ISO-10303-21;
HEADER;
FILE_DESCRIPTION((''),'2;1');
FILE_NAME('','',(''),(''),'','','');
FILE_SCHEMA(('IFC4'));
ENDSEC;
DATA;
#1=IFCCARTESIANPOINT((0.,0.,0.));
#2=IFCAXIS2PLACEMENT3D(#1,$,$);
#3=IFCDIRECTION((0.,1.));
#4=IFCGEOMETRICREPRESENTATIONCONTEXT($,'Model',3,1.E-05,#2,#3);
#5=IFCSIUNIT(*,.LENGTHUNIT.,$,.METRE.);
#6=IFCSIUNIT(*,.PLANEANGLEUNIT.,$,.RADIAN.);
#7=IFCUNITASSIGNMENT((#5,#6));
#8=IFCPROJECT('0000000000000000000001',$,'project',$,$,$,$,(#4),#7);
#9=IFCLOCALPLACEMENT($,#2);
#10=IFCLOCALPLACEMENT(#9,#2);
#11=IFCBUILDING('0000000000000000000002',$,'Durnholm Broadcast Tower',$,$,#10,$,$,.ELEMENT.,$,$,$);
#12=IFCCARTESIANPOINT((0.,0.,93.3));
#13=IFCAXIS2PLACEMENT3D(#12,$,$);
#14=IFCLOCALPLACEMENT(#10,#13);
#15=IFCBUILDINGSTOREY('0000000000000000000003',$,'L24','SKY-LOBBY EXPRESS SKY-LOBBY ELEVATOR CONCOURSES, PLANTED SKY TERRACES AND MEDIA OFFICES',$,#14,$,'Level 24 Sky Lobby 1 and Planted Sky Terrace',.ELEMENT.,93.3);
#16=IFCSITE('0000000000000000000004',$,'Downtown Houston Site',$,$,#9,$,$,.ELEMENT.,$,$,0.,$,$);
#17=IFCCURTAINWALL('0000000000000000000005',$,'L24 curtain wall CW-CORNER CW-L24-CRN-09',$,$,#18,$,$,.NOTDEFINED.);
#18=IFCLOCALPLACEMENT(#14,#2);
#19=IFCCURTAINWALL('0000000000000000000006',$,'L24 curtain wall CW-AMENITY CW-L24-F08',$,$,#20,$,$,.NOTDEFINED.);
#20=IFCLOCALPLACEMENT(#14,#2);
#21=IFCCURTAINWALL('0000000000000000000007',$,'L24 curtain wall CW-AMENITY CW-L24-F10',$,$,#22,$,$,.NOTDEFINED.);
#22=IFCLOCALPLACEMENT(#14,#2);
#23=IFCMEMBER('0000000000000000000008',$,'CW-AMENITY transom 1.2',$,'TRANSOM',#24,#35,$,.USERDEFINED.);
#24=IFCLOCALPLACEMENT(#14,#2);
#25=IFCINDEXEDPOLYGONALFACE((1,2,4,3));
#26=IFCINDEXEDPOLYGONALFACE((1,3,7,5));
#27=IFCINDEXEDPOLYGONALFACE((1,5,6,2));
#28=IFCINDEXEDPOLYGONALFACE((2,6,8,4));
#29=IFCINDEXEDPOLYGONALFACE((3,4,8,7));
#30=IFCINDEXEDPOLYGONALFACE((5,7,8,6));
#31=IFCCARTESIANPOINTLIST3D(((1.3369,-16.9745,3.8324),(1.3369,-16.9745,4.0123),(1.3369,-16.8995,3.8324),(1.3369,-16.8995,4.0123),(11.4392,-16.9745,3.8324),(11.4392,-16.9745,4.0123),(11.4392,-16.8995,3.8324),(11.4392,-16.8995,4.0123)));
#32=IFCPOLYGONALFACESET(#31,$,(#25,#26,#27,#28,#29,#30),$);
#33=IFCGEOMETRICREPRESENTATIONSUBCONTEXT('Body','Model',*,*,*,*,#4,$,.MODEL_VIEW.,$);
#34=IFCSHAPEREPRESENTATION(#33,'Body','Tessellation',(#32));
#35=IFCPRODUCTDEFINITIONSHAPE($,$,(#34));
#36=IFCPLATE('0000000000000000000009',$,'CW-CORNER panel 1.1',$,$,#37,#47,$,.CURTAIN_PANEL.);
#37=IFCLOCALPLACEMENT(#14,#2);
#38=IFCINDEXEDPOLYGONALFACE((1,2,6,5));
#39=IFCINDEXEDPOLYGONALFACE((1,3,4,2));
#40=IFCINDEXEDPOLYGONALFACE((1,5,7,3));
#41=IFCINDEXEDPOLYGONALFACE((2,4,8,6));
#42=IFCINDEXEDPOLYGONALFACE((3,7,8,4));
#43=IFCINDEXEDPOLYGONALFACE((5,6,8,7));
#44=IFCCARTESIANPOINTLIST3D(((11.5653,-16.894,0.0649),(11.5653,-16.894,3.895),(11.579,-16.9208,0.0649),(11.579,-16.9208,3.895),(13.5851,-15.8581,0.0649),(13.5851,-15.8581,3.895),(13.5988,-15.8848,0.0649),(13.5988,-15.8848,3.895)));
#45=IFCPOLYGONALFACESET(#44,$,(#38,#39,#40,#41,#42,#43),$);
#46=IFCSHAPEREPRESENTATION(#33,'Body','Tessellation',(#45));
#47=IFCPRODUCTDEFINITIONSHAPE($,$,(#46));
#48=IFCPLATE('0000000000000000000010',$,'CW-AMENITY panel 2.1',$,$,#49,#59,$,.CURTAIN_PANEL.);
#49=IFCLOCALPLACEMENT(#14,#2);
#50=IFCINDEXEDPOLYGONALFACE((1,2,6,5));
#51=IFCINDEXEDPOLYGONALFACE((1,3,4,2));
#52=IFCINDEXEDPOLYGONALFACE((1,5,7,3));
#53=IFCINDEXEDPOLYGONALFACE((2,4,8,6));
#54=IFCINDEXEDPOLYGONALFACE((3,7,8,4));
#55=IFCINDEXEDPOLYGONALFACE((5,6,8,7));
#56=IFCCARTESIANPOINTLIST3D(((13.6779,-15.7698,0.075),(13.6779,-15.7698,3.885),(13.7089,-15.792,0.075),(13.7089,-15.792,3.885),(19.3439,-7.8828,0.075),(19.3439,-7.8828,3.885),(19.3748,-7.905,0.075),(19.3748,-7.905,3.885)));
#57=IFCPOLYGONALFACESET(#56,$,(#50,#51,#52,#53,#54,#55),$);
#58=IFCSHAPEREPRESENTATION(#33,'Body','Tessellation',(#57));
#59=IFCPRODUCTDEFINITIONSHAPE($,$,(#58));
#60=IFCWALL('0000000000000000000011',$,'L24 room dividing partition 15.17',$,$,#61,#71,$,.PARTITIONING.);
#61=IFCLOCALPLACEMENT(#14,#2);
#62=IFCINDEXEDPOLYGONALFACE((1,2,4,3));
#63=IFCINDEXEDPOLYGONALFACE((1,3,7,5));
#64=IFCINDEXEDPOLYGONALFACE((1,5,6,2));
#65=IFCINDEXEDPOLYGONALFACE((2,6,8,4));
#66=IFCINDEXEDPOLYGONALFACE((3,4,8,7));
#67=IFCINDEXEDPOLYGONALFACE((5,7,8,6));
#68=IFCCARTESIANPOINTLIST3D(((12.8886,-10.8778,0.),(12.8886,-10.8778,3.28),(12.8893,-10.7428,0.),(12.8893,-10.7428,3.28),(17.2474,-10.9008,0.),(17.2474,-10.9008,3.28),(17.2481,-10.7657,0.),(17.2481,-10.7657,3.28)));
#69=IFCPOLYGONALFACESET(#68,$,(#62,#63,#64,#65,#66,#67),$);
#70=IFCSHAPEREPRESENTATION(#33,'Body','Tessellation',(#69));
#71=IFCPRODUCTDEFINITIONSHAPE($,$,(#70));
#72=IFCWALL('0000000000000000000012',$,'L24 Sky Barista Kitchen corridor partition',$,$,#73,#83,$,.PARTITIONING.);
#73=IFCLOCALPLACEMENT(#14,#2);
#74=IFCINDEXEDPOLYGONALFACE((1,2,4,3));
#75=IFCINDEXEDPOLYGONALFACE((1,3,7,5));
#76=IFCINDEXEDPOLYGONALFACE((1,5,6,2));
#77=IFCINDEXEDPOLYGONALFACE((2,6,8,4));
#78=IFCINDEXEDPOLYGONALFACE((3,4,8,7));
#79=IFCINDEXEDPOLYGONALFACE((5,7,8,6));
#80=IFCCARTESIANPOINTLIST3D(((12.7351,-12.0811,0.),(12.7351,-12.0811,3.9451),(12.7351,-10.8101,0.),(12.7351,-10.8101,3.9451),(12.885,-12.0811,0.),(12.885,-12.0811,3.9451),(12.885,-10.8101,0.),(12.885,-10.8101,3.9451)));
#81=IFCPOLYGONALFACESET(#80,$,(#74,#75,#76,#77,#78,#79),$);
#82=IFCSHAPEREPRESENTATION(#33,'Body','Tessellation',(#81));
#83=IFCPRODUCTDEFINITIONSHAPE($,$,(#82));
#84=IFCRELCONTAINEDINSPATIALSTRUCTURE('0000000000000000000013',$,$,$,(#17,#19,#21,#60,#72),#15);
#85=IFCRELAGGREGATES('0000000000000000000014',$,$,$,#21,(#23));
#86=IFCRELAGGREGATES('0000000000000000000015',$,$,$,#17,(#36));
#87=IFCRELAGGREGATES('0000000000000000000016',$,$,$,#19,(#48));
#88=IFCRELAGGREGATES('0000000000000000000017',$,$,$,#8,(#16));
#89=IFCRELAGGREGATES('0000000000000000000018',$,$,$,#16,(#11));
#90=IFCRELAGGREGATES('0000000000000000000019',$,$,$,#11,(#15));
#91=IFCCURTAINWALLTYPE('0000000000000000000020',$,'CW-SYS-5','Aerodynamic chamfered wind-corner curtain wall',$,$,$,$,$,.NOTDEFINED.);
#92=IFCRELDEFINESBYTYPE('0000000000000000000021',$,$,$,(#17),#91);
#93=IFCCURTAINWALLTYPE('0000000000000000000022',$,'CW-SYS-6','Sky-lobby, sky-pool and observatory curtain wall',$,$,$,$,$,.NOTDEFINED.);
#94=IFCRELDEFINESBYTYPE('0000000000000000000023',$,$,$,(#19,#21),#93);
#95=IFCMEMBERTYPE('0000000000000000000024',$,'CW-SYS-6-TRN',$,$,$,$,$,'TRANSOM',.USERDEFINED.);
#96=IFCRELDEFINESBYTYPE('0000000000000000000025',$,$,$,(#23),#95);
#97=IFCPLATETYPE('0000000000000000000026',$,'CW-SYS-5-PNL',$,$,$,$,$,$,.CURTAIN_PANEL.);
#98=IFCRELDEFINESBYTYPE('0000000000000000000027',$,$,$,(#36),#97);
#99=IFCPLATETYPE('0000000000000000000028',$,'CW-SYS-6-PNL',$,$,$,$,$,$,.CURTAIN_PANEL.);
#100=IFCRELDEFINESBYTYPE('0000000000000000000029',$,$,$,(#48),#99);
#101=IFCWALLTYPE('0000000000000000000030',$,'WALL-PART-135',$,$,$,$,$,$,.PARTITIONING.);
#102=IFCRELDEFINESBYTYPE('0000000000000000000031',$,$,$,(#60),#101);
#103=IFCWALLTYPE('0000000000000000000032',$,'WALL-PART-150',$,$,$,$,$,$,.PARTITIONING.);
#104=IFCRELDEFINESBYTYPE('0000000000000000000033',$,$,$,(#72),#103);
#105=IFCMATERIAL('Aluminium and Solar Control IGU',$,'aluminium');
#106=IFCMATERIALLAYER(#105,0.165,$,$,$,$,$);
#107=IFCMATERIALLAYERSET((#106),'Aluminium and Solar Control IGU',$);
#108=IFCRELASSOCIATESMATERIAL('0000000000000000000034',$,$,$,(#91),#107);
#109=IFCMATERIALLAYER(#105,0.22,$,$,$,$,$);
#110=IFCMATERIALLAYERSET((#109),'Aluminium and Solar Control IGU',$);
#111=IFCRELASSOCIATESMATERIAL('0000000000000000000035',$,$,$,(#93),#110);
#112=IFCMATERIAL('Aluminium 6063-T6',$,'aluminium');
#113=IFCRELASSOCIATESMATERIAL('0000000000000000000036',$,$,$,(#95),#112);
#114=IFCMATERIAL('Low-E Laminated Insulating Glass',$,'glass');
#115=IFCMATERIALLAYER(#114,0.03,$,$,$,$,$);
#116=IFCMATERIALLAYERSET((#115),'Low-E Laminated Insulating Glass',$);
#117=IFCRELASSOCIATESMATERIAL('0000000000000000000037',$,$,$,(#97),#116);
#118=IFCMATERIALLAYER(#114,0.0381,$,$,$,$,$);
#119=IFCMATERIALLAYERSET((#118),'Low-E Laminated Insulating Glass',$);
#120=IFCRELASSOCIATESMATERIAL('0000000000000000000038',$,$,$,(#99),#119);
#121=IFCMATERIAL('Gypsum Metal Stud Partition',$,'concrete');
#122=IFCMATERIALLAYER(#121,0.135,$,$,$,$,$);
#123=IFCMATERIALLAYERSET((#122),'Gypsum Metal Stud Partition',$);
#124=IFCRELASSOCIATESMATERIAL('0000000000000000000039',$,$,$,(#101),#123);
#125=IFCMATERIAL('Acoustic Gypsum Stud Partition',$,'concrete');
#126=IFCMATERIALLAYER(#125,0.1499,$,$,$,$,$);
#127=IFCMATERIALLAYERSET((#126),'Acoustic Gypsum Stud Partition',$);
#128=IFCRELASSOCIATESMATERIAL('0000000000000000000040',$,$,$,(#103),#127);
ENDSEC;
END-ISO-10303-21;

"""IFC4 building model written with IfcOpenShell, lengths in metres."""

from ifc_helpers import new_model, si_unit, direction, frame, frame_2d, origin, origin_2d, place, context, subcontext, project, spatial, rectangle, extrude, source, transform, mapped, material, layer, layer_set, material_profile, profile_set, type_object, type_shapes, element, aggregate, save


model = new_model("IFC4")

# Units and contexts
model_context = context("Model", 3, precision=1e-05, world=origin(), true_north=direction((0.0, 1.0)))
body_context = subcontext(model_context, "Body", "Model", "MODEL_VIEW")
ifc_project = project(units=[si_unit("LENGTHUNIT", "METRE"), si_unit("PLANEANGLEUNIT", "RADIAN")], contexts=[model_context])

# Site, building, storey
site_placement = place(None, origin())
site = spatial("IfcSite", under=ifc_project, at=site_placement, Name="Downtown Houston Site", CompositionType="ELEMENT", RefElevation=0.0)
building_placement = place(site_placement, origin())
building = spatial("IfcBuilding", under=site, at=building_placement, Name="Durnholm Broadcast Tower", CompositionType="ELEMENT")
storey_placement = place(building_placement, frame((0.0, 0.0, 93.3)))
storey = spatial("IfcBuildingStorey", under=building, at=storey_placement, Name="L24", Description="SKY-LOBBY EXPRESS SKY-LOBBY ELEVATOR CONCOURSES, PLANTED SKY TERRACES AND MEDIA OFFICES", LongName="Level 24 Sky Lobby 1 and Planted Sky Terrace", CompositionType="ELEMENT", Elevation=93.3)

# Curtain wall
ifc_material_1 = material(Name="Aluminium and Solar Control IGU", Category="aluminium")
ifc_layer_1 = layer(ifc_material_1, 0.165)
ifc_layer_set_1 = layer_set([ifc_layer_1], Name="Aluminium and Solar Control IGU")
curtain_wall_type_1 = type_object("IfcCurtainWallType", Name="CW-SYS-5", Description="Aerodynamic chamfered wind-corner curtain wall", PredefinedType="NOTDEFINED", material=ifc_layer_set_1)
curtain_wall_1_placement = place(storey_placement, origin())
curtain_wall_1 = element("IfcCurtainWall", 1, at=curtain_wall_1_placement, inside=storey, type_object=curtain_wall_type_1, Name="L24 curtain wall CW-CORNER CW-L24-CRN-09", PredefinedType="NOTDEFINED")
ifc_material_2 = material(Name="Aluminium 6063-T6", Category="aluminium")

# Curtain wall
ifc_layer_2 = layer(ifc_material_1, 0.22)
ifc_layer_set_2 = layer_set([ifc_layer_2], Name="Aluminium and Solar Control IGU")
curtain_wall_type_2 = type_object("IfcCurtainWallType", Name="CW-SYS-6", Description="Sky-lobby, sky-pool and observatory curtain wall", PredefinedType="NOTDEFINED", material=ifc_layer_set_2)
curtain_wall_2_placement = place(storey_placement, origin())
curtain_wall_2 = element("IfcCurtainWall", 2, at=curtain_wall_2_placement, inside=storey, type_object=curtain_wall_type_2, Name="L24 curtain wall CW-AMENITY CW-L24-F08", PredefinedType="NOTDEFINED")

# Curtain wall, member
curtain_wall_3_placement = place(storey_placement, origin())
curtain_wall_3 = element("IfcCurtainWall", 3, at=curtain_wall_3_placement, inside=storey, type_object=curtain_wall_type_2, Name="L24 curtain wall CW-AMENITY CW-L24-F10", PredefinedType="NOTDEFINED")
ifc_material_profile_1 = material_profile(ifc_material_2, rectangle(XDim=0.075, YDim=0.1799, at=origin_2d()), Name="CWT75X180")
ifc_profile_set_1 = profile_set([ifc_material_profile_1], Name="Aluminium 6063-T6")
member_type_1 = type_object("IfcMemberType", Name="CW-SYS-6-TRN", ElementType="TRANSOM", PredefinedType="USERDEFINED", material=ifc_profile_set_1)
shared_shape_1 = source(origin(), body_context, "Body", "SweptSolid", [
    extrude(rectangle(XDim=0.075, YDim=0.1799, at=origin_2d()), origin(), (0.0, 0.0, 1.0), 10.1023),
])
type_shapes(member_type_1, [shared_shape_1])
member_1_placement = place(storey_placement, frame((11.4392, -16.937, 3.9224), z_axis=(-1.0, 0.0, 0.0), x_axis=(0.0, -1.0, 0.0)))
member_1 = element("IfcMember", 4, at=member_1_placement, type_object=member_type_1, Name="CW-AMENITY transom 1.2", ObjectType="TRANSOM", PredefinedType="USERDEFINED", context=body_context, shape_type="MappedRepresentation", body=[
    mapped(shared_shape_1, transform((0.0, 0.0, 0.0), x_axis=(1.0, 0.0, 0.0), y_axis=(0.0, 1.0, 0.0), z_axis=(0.0, 0.0, 1.0), scale=1.0)),
])
aggregate(curtain_wall_3, [member_1])

# Plates
ifc_material_3 = material(Name="Low-E Laminated Insulating Glass", Category="glass")
ifc_layer_3 = layer(ifc_material_3, 0.03)
ifc_layer_set_3 = layer_set([ifc_layer_3], Name="Low-E Laminated Insulating Glass")
plate_type_1 = type_object("IfcPlateType", Name="CW-SYS-5-PNL", PredefinedType="CURTAIN_PANEL", material=ifc_layer_set_3)
shared_shape_2 = source(origin(), body_context, "Body", "SweptSolid", [
    extrude(rectangle(XDim=2.27, YDim=0.03, at=origin_2d()), origin(), (0.0, 0.0, 1.0), 3.8301),
])
type_shapes(plate_type_1, [shared_shape_2])
plate_1_placement = place(storey_placement, frame((12.582, -16.3894, 0.0649), z_axis=(0.0, 0.0, 1.0), x_axis=(-0.889788, -0.456373, 0.0)))
plate_1 = element("IfcPlate", 5, at=plate_1_placement, type_object=plate_type_1, Name="CW-CORNER panel 1.1", PredefinedType="CURTAIN_PANEL", context=body_context, shape_type="MappedRepresentation", body=[
    mapped(shared_shape_2, transform((0.0, 0.0, 0.0), x_axis=(1.0, 0.0, 0.0), y_axis=(0.0, 1.0, 0.0), z_axis=(0.0, 0.0, 1.0), scale=1.0)),
])
aggregate(curtain_wall_1, [plate_1])
ifc_layer_4 = layer(ifc_material_3, 0.0381)
ifc_layer_set_4 = layer_set([ifc_layer_4], Name="Low-E Laminated Insulating Glass")
plate_type_2 = type_object("IfcPlateType", Name="CW-SYS-6-PNL", PredefinedType="CURTAIN_PANEL", material=ifc_layer_set_4)
shared_shape_3 = source(origin(), body_context, "Body", "SweptSolid", [
    extrude(rectangle(XDim=9.7112, YDim=0.0381, at=origin_2d()), origin(), (0.0, 0.0, 1.0), 3.8101),
])
type_shapes(plate_type_2, [shared_shape_3])
plate_2_placement = place(storey_placement, frame((16.5264, -11.8374, 0.075), z_axis=(0.0, 0.0, 1.0), x_axis=(-0.583445, -0.812152, 0.0)))
plate_2 = element("IfcPlate", 6, at=plate_2_placement, type_object=plate_type_2, Name="CW-AMENITY panel 2.1", PredefinedType="CURTAIN_PANEL", context=body_context, shape_type="MappedRepresentation", body=[
    mapped(shared_shape_3, transform((0.0, 0.0, 0.0), x_axis=(1.0, 0.0, 0.0), y_axis=(0.0, 1.0, 0.0), z_axis=(0.0, 0.0, 1.0), scale=1.0)),
])
aggregate(curtain_wall_2, [plate_2])

# Walls
ifc_material_4 = material(Name="Gypsum Metal Stud Partition", Category="concrete")
ifc_layer_5 = layer(ifc_material_4, 0.135)
ifc_layer_set_5 = layer_set([ifc_layer_5], Name="Gypsum Metal Stud Partition")
wall_type_1 = type_object("IfcWallType", Name="WALL-PART-135", PredefinedType="PARTITIONING", material=ifc_layer_set_5)
wall_1_placement = place(storey_placement, frame((12.8889, -10.8103, 0.0), z_axis=(0.0, 0.0, 1.0), x_axis=(0.999986, -0.005265, 0.0)))
element("IfcWall", 7, at=wall_1_placement, inside=storey, type_object=wall_type_1, Name="L24 room dividing partition 15.17", PredefinedType="PARTITIONING", context=body_context, shape_type="SweptSolid", body=[
    extrude(rectangle(XDim=4.3589, YDim=0.135, at=frame_2d((2.1794, 0.0))), origin(), (0.0, 0.0, 1.0), 3.28),
])
ifc_material_5 = material(Name="Acoustic Gypsum Stud Partition", Category="concrete")
ifc_layer_6 = layer(ifc_material_5, 0.1499)
ifc_layer_set_6 = layer_set([ifc_layer_6], Name="Acoustic Gypsum Stud Partition")
wall_type_2 = type_object("IfcWallType", Name="WALL-PART-150", PredefinedType="PARTITIONING", material=ifc_layer_set_6)
wall_2_placement = place(storey_placement, frame((12.8101, -12.0811, 0.0), z_axis=(0.0, 0.0, 1.0), x_axis=(0.0, 1.0, 0.0)))
element("IfcWall", 8, at=wall_2_placement, inside=storey, type_object=wall_type_2, Name="L24 Sky Barista Kitchen corridor partition", PredefinedType="PARTITIONING", context=body_context, shape_type="SweptSolid", body=[
    extrude(rectangle(XDim=1.271, YDim=0.1499, at=frame_2d((0.6355, 0.0))), origin(), (0.0, 0.0, 1.0), 3.9451),
])

save(model, "model.ifc")
